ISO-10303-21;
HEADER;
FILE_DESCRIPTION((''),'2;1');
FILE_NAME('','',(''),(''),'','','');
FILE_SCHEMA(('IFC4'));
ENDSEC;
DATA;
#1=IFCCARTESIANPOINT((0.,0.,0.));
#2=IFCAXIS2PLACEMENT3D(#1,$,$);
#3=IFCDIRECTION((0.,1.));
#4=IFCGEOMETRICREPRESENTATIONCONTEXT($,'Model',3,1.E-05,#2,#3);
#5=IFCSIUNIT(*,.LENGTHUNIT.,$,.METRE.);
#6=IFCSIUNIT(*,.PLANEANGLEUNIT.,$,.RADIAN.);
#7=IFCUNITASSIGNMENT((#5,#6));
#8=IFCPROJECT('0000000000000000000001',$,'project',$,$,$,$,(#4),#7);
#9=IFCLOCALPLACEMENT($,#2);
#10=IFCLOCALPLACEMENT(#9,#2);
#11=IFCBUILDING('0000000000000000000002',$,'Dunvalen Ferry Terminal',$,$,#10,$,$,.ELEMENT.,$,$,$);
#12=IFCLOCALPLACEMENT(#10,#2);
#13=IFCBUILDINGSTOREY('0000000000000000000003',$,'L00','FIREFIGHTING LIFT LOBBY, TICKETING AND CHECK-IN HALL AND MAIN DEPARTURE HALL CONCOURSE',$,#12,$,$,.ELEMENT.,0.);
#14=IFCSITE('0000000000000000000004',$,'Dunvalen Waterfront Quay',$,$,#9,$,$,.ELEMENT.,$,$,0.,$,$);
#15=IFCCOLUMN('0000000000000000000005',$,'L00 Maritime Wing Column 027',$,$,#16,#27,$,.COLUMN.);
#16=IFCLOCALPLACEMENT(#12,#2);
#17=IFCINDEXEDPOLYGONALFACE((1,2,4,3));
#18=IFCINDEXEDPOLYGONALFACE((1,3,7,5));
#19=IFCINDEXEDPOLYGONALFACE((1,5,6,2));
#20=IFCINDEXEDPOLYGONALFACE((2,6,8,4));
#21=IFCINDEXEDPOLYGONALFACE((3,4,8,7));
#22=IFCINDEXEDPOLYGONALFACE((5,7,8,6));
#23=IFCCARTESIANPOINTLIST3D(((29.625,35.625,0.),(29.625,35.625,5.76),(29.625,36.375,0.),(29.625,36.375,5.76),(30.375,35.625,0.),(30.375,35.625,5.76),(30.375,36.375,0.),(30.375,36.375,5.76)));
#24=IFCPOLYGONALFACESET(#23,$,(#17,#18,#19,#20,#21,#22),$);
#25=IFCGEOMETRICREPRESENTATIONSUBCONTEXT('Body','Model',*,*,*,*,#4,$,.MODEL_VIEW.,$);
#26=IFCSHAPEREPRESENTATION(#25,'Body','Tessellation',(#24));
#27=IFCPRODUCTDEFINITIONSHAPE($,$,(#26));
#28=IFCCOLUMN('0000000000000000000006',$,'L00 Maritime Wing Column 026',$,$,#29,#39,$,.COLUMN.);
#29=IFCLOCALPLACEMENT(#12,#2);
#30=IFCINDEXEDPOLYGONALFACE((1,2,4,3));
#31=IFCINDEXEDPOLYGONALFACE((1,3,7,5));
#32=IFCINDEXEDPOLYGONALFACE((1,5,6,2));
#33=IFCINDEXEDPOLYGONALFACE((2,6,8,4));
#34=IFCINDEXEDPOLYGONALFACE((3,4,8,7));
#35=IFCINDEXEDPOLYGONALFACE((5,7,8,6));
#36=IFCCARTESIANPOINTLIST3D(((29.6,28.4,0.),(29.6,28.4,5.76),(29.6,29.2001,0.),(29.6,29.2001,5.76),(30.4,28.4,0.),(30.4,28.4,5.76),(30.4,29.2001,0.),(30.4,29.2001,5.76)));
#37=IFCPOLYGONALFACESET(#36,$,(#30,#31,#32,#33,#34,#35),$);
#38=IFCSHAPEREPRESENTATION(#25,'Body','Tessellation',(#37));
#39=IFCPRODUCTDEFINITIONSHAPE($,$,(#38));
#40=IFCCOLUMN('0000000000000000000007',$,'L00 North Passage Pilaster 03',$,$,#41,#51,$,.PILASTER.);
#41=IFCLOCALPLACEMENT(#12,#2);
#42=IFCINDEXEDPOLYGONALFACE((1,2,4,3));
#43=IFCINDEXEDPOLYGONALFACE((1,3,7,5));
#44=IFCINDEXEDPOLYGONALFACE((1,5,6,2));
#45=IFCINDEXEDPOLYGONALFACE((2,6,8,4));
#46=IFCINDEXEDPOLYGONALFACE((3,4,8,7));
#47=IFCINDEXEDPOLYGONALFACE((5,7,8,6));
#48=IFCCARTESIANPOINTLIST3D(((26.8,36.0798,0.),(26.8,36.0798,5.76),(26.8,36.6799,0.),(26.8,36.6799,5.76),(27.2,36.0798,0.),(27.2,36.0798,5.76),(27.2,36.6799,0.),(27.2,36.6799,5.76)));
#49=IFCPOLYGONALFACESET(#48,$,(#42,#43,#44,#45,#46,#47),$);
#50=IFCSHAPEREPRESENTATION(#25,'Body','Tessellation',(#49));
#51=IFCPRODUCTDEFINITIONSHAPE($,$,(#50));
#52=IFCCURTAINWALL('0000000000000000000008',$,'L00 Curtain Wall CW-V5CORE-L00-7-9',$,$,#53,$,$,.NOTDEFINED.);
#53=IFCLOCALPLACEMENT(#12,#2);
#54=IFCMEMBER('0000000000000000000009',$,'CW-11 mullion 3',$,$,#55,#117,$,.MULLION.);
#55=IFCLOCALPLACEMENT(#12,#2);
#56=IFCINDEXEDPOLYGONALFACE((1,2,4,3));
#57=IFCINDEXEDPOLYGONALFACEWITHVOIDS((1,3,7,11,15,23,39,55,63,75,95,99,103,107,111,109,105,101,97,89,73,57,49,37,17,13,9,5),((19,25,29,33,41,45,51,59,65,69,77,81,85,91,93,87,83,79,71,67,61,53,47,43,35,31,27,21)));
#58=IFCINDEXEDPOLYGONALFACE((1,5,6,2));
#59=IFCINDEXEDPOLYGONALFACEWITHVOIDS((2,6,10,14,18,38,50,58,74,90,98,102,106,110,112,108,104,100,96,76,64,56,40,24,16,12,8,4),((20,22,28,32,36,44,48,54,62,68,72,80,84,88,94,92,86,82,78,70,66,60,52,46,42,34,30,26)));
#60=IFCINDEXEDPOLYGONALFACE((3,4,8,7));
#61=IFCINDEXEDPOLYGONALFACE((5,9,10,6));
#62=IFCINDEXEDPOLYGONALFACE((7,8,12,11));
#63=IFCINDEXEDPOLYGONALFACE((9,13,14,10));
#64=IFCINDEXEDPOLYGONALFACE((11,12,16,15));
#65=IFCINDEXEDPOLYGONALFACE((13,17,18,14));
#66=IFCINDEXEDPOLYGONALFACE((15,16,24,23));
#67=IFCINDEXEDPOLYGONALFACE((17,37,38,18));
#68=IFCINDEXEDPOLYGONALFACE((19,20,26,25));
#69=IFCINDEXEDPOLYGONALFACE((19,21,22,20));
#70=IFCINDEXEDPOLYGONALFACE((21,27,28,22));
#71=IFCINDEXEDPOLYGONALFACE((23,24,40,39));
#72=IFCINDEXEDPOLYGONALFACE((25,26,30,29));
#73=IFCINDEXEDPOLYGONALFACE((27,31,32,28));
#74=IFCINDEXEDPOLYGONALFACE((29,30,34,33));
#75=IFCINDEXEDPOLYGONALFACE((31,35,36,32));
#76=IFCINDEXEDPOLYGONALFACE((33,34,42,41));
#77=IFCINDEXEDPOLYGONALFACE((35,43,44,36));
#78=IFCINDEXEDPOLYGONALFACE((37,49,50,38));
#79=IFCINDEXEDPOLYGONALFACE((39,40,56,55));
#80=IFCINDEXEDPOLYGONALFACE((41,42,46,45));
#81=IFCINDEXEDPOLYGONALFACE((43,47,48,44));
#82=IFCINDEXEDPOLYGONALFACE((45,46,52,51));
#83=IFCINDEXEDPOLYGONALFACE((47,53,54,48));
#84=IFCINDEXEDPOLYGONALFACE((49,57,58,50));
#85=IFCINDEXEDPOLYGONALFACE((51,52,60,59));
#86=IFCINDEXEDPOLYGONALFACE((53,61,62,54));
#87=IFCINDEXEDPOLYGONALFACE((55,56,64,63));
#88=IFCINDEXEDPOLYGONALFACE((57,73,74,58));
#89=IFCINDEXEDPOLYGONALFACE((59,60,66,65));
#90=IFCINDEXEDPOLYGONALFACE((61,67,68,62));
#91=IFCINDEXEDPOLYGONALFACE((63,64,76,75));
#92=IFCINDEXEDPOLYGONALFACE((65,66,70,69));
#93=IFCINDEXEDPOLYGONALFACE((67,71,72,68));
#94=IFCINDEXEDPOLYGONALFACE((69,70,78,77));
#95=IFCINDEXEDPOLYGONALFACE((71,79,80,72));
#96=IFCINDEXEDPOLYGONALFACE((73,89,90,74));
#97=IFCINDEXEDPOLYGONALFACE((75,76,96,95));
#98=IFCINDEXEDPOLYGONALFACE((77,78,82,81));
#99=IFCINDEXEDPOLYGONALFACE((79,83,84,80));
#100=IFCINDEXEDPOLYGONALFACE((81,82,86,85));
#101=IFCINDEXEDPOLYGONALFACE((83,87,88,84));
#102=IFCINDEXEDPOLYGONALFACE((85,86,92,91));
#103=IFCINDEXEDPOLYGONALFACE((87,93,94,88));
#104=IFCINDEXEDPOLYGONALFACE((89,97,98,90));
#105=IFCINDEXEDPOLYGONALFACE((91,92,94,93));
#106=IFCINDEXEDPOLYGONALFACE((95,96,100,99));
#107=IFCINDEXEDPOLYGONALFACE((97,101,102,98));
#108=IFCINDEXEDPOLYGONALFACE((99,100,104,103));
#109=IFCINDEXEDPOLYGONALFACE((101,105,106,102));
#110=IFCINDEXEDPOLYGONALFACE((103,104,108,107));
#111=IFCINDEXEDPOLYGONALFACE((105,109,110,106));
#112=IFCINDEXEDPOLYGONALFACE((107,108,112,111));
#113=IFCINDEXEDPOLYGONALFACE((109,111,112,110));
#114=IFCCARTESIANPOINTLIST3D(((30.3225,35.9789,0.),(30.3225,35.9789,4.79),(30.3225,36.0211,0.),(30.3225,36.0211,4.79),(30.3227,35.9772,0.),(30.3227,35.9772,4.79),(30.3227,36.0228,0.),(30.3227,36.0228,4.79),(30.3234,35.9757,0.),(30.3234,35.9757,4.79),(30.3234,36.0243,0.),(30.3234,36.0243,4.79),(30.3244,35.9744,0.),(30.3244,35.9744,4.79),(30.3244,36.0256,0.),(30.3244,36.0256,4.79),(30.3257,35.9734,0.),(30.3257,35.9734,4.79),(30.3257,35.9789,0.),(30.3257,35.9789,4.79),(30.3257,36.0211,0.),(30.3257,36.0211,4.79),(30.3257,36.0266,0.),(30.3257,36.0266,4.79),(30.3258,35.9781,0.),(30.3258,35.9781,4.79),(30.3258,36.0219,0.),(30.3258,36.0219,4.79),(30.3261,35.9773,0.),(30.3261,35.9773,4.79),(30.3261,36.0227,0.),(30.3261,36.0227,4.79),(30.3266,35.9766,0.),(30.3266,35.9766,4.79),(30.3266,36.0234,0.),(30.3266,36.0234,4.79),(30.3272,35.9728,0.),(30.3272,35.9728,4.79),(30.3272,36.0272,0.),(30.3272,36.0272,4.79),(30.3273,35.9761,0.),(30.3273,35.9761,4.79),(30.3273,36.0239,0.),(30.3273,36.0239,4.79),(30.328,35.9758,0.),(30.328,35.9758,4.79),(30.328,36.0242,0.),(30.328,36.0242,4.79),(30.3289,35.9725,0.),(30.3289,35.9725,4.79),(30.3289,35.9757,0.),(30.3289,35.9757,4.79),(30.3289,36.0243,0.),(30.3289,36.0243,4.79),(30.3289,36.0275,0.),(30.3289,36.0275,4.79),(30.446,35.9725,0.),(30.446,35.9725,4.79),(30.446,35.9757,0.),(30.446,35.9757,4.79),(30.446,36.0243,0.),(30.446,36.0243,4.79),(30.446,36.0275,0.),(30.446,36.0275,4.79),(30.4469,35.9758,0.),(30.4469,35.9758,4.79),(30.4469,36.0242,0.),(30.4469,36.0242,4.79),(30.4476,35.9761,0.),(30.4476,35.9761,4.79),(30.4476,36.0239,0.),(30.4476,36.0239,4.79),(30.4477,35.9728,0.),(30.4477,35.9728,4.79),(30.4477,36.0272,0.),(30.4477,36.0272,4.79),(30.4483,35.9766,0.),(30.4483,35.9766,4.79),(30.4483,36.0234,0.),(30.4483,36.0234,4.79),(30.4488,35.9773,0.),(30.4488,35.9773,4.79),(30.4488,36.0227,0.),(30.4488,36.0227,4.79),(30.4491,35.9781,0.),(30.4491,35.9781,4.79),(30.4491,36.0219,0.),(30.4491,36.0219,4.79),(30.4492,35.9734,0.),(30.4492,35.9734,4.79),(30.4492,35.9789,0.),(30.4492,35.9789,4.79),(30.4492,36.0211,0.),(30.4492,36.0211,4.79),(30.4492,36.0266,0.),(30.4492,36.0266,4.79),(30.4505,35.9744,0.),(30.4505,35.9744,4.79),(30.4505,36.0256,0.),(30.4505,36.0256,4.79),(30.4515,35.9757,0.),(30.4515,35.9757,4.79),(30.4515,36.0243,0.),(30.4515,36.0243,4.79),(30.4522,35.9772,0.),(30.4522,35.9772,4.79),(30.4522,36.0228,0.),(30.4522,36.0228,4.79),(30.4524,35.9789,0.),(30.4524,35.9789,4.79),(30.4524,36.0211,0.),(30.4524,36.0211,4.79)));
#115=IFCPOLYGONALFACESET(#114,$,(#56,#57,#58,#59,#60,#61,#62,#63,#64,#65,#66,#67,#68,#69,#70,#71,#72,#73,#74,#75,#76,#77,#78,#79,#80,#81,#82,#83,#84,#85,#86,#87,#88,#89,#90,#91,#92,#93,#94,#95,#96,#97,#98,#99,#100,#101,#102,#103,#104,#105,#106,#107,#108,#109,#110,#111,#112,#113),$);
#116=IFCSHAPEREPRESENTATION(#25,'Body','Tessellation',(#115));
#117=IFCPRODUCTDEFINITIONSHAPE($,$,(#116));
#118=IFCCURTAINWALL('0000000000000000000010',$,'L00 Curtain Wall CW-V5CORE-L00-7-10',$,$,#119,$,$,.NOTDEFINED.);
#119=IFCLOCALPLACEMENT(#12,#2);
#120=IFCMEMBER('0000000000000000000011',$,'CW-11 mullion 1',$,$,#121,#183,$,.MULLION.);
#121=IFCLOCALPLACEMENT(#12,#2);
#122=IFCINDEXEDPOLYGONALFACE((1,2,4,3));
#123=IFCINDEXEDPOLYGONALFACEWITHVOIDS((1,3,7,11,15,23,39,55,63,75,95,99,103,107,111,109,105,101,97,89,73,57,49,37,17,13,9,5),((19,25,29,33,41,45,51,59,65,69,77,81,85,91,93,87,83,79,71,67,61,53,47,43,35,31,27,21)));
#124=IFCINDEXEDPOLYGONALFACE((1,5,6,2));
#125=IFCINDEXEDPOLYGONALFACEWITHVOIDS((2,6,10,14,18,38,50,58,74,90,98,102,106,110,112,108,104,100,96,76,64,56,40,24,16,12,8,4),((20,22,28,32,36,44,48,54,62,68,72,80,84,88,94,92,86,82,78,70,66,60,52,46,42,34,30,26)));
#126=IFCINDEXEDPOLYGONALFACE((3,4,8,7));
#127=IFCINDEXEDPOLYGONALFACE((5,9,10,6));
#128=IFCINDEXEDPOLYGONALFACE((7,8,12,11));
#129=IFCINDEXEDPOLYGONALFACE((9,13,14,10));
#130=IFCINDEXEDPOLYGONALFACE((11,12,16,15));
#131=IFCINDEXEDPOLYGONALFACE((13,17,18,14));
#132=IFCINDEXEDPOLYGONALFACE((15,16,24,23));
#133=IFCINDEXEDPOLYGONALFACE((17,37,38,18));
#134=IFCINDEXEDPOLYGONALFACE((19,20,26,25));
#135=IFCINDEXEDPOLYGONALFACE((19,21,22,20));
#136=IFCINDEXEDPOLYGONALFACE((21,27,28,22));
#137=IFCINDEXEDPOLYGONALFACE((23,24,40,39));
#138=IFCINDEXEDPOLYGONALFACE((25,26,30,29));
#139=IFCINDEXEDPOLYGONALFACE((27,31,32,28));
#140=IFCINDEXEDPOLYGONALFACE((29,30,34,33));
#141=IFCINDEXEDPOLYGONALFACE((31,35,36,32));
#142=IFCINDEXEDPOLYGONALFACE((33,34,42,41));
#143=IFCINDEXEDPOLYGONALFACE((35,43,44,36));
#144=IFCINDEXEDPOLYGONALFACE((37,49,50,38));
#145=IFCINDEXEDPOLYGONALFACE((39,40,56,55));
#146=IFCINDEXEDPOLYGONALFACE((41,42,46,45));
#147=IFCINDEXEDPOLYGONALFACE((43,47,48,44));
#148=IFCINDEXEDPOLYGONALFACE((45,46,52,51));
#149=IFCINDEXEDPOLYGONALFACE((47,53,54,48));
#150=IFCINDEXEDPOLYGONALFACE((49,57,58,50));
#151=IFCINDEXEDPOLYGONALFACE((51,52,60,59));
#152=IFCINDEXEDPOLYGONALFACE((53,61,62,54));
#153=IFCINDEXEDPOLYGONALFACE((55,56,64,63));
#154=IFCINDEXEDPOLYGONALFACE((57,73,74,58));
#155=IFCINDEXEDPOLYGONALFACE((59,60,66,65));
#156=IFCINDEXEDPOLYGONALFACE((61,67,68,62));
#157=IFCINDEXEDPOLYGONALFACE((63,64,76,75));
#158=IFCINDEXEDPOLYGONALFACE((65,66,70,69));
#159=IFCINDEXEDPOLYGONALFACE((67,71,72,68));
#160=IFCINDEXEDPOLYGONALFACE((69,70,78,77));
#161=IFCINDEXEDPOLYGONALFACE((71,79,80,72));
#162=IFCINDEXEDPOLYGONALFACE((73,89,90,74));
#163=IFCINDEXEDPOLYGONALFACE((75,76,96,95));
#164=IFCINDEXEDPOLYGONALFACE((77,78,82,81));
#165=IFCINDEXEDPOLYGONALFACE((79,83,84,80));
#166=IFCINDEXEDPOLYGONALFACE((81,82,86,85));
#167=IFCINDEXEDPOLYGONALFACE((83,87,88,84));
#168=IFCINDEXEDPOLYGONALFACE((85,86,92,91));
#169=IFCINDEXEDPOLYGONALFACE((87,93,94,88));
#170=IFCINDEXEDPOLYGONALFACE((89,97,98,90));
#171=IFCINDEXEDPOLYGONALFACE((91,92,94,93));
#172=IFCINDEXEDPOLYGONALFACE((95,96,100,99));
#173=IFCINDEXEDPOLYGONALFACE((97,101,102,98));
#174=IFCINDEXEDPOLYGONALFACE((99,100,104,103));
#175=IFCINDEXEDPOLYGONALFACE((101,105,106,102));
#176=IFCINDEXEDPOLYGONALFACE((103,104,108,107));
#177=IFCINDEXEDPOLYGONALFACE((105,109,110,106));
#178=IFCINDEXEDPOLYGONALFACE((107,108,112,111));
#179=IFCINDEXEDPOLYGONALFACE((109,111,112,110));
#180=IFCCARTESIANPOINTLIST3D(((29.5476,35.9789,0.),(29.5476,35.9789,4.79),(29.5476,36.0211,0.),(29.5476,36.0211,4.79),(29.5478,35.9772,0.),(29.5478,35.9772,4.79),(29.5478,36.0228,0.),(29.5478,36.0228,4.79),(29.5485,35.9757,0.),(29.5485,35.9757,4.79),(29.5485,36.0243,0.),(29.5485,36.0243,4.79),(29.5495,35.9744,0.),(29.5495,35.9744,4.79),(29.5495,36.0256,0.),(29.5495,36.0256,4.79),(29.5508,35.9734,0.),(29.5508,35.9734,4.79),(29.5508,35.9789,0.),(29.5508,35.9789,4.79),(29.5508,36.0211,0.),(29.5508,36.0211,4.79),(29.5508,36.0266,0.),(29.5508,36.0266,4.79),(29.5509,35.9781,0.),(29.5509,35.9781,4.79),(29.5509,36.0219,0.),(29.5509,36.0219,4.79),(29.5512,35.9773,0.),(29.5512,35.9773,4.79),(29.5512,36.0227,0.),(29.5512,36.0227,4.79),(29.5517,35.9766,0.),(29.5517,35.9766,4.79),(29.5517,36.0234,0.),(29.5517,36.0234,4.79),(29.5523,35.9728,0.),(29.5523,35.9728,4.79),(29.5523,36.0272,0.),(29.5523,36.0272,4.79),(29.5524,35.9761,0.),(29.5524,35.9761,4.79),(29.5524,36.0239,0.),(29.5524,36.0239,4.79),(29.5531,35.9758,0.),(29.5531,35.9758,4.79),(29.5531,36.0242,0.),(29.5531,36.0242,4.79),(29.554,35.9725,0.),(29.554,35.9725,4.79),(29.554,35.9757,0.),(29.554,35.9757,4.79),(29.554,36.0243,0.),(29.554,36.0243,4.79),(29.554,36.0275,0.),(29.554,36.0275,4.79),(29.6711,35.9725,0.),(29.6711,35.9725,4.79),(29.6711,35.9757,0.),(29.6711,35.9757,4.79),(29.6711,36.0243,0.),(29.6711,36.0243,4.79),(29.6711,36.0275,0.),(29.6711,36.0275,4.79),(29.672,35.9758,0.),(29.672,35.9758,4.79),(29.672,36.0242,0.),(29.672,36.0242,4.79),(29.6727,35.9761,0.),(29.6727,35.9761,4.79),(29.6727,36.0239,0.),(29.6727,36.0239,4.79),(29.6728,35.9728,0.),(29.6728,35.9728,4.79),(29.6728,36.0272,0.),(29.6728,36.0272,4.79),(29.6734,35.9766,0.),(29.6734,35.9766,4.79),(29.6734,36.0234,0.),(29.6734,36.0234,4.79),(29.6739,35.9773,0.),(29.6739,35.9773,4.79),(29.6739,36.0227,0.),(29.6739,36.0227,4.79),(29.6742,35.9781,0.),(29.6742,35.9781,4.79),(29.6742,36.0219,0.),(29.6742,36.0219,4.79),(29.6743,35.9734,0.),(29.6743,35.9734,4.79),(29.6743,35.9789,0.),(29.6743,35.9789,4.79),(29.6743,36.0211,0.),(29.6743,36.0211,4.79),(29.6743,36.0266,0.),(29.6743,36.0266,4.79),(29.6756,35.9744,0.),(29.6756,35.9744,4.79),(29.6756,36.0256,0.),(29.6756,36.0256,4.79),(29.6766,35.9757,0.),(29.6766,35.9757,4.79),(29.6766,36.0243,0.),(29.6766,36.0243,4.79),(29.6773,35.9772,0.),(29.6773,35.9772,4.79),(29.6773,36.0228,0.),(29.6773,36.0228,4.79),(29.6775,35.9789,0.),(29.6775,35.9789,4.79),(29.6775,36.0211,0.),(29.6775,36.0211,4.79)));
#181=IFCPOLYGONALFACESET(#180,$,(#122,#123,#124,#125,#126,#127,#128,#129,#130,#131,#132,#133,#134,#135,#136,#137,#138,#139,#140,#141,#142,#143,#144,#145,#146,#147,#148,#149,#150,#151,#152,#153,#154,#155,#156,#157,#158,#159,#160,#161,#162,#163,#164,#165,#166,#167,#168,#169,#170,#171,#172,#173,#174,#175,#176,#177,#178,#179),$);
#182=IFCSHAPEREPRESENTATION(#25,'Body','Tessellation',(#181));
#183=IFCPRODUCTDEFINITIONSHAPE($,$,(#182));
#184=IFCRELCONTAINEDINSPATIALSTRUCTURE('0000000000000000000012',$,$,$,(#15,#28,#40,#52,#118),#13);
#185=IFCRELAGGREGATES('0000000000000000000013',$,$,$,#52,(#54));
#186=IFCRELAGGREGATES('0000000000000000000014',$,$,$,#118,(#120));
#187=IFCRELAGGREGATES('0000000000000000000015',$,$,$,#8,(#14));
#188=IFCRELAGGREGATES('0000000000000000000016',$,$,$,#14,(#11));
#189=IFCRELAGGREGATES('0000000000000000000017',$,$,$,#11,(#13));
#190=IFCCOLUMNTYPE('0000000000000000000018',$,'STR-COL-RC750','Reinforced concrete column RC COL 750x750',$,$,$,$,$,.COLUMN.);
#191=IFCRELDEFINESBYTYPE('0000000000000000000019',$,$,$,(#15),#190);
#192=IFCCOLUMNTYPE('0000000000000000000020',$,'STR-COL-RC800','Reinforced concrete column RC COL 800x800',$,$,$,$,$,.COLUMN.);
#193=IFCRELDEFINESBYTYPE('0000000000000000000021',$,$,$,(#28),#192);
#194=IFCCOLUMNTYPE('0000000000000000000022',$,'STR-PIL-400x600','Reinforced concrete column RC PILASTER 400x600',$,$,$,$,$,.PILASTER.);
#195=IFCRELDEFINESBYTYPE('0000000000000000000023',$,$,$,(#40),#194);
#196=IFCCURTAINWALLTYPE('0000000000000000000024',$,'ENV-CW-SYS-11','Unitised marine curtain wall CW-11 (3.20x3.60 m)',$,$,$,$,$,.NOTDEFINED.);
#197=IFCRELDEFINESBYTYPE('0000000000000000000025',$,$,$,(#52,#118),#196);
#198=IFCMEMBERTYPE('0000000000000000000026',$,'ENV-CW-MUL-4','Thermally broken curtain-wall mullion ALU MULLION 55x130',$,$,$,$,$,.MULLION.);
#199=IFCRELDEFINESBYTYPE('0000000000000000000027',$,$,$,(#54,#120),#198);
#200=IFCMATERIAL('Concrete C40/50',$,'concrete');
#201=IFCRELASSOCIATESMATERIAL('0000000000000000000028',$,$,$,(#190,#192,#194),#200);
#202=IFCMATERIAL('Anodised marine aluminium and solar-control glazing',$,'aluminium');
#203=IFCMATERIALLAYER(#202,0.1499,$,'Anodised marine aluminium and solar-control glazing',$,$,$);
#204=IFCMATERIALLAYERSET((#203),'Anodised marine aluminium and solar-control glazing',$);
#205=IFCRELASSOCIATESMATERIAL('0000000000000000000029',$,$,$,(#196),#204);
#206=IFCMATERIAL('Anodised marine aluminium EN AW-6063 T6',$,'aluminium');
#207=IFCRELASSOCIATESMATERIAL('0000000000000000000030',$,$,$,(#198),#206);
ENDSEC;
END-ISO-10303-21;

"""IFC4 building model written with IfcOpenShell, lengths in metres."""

from ifc_helpers import new_model, si_unit, direction, frame, origin, origin_2d, place, context, subcontext, project, spatial, rectangle, hollow_rectangle, extrude, material, layer, layer_set, material_profile, profile_set, type_object, element, aggregate, save


model = new_model("IFC4")

# Units and contexts
model_context = context("Model", 3, precision=1e-05, world=origin(), true_north=direction((0.0, 1.0)))
body_context = subcontext(model_context, "Body", "Model", "MODEL_VIEW")
ifc_project = project(units=[si_unit("LENGTHUNIT", "METRE"), si_unit("PLANEANGLEUNIT", "RADIAN")], contexts=[model_context])

# Site, building, storey
site_placement = place(None, origin())
site = spatial("IfcSite", under=ifc_project, at=site_placement, Name="Dunvalen Waterfront Quay", CompositionType="ELEMENT", RefElevation=0.0)
building_placement = place(site_placement, origin())
building = spatial("IfcBuilding", under=site, at=building_placement, Name="Dunvalen Ferry Terminal", CompositionType="ELEMENT")
storey_placement = place(building_placement, origin())
storey = spatial("IfcBuildingStorey", under=building, at=storey_placement, Name="L00", Description="FIREFIGHTING LIFT LOBBY, TICKETING AND CHECK-IN HALL AND MAIN DEPARTURE HALL CONCOURSE", CompositionType="ELEMENT", Elevation=0.0)

# Columns
ifc_material_1 = material(Name="Concrete C40/50", Category="concrete")
ifc_material_profile_1 = material_profile(ifc_material_1, rectangle(XDim=0.75, YDim=0.75, at=origin_2d()), Name="Concrete C40/50")
ifc_profile_set_1 = profile_set([ifc_material_profile_1], Name="Concrete C40/50")
column_type_1 = type_object("IfcColumnType", Name="STR-COL-RC750", Description="Reinforced concrete column RC COL 750x750", PredefinedType="COLUMN", material=ifc_profile_set_1)
column_1_placement = place(storey_placement, frame((30.0, 36.0, 0.0), z_axis=(0.0, 0.0, 1.0), x_axis=(1.0, 0.0, 0.0)))
element("IfcColumn", 1, at=column_1_placement, inside=storey, type_object=column_type_1, Name="L00 Maritime Wing Column 027", PredefinedType="COLUMN", context=body_context, shape_type="SweptSolid", body=[
    extrude(rectangle(XDim=0.75, YDim=0.75, at=origin_2d()), origin(), (0.0, 0.0, 1.0), 5.76),
])
ifc_material_profile_2 = material_profile(ifc_material_1, rectangle(XDim=0.8, YDim=0.8, at=origin_2d()), Name="Concrete C40/50")
ifc_profile_set_2 = profile_set([ifc_material_profile_2], Name="Concrete C40/50")
column_type_2 = type_object("IfcColumnType", Name="STR-COL-RC800", Description="Reinforced concrete column RC COL 800x800", PredefinedType="COLUMN", material=ifc_profile_set_2)
column_2_placement = place(storey_placement, frame((30.0, 28.8, 0.0), z_axis=(0.0, 0.0, 1.0), x_axis=(1.0, 0.0, 0.0)))
element("IfcColumn", 2, at=column_2_placement, inside=storey, type_object=column_type_2, Name="L00 Maritime Wing Column 026", PredefinedType="COLUMN", context=body_context, shape_type="SweptSolid", body=[
    extrude(rectangle(XDim=0.8, YDim=0.8, at=origin_2d()), origin(), (0.0, 0.0, 1.0), 5.76),
])
ifc_material_profile_3 = material_profile(ifc_material_1, rectangle(XDim=0.3999, YDim=0.6001, at=origin_2d()), Name="Concrete C40/50")
ifc_profile_set_3 = profile_set([ifc_material_profile_3], Name="Concrete C40/50")
column_type_3 = type_object("IfcColumnType", Name="STR-PIL-400x600", Description="Reinforced concrete column RC PILASTER 400x600", PredefinedType="PILASTER", material=ifc_profile_set_3)
column_3_placement = place(storey_placement, frame((27.0, 36.3799, 0.0), z_axis=(0.0, 0.0, 1.0), x_axis=(1.0, 0.0, 0.0)))
element("IfcColumn", 3, at=column_3_placement, inside=storey, type_object=column_type_3, Name="L00 North Passage Pilaster 03", PredefinedType="PILASTER", context=body_context, shape_type="SweptSolid", body=[
    extrude(rectangle(XDim=0.3999, YDim=0.6001, at=origin_2d()), origin(), (0.0, 0.0, 1.0), 5.76),
])

# Curtain wall, member
ifc_material_2 = material(Name="Anodised marine aluminium and solar-control glazing", Category="aluminium")
ifc_layer_1 = layer(ifc_material_2, 0.1499, Name="Anodised marine aluminium and solar-control glazing")
ifc_layer_set_1 = layer_set([ifc_layer_1], Name="Anodised marine aluminium and solar-control glazing")
curtain_wall_type = type_object("IfcCurtainWallType", Name="ENV-CW-SYS-11", Description="Unitised marine curtain wall CW-11 (3.20x3.60 m)", PredefinedType="NOTDEFINED", material=ifc_layer_set_1)
curtain_wall_1_placement = place(storey_placement, origin())
curtain_wall_1 = element("IfcCurtainWall", 4, at=curtain_wall_1_placement, inside=storey, type_object=curtain_wall_type, Name="L00 Curtain Wall CW-V5CORE-L00-7-9", PredefinedType="NOTDEFINED")
ifc_material_3 = material(Name="Anodised marine aluminium EN AW-6063 T6", Category="aluminium")
ifc_material_profile_4 = material_profile(ifc_material_3, hollow_rectangle(XDim=0.0549, YDim=0.1299, WallThickness=0.0032, InnerFilletRadius=0.0032, OuterFilletRadius=0.0063, at=origin_2d()), Name="Anodised marine aluminium EN AW-6063 T6")
ifc_profile_set_4 = profile_set([ifc_material_profile_4], Name="Anodised marine aluminium EN AW-6063 T6")
member_type_1 = type_object("IfcMemberType", Name="ENV-CW-MUL-4", Description="Thermally broken curtain-wall mullion ALU MULLION 55x130", PredefinedType="MULLION", material=ifc_profile_set_4)
member_1_placement = place(storey_placement, frame((30.3875, 36.0, 0.0), z_axis=(0.0, 0.0, 1.0), x_axis=(0.0, -1.0, 0.0)))
member_1 = element("IfcMember", 5, at=member_1_placement, type_object=member_type_1, Name="CW-11 mullion 3", PredefinedType="MULLION", context=body_context, shape_type="SweptSolid", body=[
    extrude(hollow_rectangle(XDim=0.0549, YDim=0.1299, WallThickness=0.0032, InnerFilletRadius=0.0032, OuterFilletRadius=0.0063, at=origin_2d()), origin(), (0.0, 0.0, 1.0), 4.79),
])

# Curtain wall, member
curtain_wall_2_placement = place(storey_placement, origin())
curtain_wall_2 = element("IfcCurtainWall", 6, at=curtain_wall_2_placement, inside=storey, type_object=curtain_wall_type, Name="L00 Curtain Wall CW-V5CORE-L00-7-10", PredefinedType="NOTDEFINED")
member_2_placement = place(storey_placement, frame((29.6125, 36.0, 0.0), z_axis=(0.0, 0.0, 1.0), x_axis=(0.0, -1.0, 0.0)))
member_2 = element("IfcMember", 7, at=member_2_placement, type_object=member_type_1, Name="CW-11 mullion 1", PredefinedType="MULLION", context=body_context, shape_type="SweptSolid", body=[
    extrude(hollow_rectangle(XDim=0.0549, YDim=0.1299, WallThickness=0.0032, InnerFilletRadius=0.0032, OuterFilletRadius=0.0063, at=origin_2d()), origin(), (0.0, 0.0, 1.0), 4.79),
])

aggregate(curtain_wall_1, [member_1])
aggregate(curtain_wall_2, [member_2])

save(model, "model.ifc")
